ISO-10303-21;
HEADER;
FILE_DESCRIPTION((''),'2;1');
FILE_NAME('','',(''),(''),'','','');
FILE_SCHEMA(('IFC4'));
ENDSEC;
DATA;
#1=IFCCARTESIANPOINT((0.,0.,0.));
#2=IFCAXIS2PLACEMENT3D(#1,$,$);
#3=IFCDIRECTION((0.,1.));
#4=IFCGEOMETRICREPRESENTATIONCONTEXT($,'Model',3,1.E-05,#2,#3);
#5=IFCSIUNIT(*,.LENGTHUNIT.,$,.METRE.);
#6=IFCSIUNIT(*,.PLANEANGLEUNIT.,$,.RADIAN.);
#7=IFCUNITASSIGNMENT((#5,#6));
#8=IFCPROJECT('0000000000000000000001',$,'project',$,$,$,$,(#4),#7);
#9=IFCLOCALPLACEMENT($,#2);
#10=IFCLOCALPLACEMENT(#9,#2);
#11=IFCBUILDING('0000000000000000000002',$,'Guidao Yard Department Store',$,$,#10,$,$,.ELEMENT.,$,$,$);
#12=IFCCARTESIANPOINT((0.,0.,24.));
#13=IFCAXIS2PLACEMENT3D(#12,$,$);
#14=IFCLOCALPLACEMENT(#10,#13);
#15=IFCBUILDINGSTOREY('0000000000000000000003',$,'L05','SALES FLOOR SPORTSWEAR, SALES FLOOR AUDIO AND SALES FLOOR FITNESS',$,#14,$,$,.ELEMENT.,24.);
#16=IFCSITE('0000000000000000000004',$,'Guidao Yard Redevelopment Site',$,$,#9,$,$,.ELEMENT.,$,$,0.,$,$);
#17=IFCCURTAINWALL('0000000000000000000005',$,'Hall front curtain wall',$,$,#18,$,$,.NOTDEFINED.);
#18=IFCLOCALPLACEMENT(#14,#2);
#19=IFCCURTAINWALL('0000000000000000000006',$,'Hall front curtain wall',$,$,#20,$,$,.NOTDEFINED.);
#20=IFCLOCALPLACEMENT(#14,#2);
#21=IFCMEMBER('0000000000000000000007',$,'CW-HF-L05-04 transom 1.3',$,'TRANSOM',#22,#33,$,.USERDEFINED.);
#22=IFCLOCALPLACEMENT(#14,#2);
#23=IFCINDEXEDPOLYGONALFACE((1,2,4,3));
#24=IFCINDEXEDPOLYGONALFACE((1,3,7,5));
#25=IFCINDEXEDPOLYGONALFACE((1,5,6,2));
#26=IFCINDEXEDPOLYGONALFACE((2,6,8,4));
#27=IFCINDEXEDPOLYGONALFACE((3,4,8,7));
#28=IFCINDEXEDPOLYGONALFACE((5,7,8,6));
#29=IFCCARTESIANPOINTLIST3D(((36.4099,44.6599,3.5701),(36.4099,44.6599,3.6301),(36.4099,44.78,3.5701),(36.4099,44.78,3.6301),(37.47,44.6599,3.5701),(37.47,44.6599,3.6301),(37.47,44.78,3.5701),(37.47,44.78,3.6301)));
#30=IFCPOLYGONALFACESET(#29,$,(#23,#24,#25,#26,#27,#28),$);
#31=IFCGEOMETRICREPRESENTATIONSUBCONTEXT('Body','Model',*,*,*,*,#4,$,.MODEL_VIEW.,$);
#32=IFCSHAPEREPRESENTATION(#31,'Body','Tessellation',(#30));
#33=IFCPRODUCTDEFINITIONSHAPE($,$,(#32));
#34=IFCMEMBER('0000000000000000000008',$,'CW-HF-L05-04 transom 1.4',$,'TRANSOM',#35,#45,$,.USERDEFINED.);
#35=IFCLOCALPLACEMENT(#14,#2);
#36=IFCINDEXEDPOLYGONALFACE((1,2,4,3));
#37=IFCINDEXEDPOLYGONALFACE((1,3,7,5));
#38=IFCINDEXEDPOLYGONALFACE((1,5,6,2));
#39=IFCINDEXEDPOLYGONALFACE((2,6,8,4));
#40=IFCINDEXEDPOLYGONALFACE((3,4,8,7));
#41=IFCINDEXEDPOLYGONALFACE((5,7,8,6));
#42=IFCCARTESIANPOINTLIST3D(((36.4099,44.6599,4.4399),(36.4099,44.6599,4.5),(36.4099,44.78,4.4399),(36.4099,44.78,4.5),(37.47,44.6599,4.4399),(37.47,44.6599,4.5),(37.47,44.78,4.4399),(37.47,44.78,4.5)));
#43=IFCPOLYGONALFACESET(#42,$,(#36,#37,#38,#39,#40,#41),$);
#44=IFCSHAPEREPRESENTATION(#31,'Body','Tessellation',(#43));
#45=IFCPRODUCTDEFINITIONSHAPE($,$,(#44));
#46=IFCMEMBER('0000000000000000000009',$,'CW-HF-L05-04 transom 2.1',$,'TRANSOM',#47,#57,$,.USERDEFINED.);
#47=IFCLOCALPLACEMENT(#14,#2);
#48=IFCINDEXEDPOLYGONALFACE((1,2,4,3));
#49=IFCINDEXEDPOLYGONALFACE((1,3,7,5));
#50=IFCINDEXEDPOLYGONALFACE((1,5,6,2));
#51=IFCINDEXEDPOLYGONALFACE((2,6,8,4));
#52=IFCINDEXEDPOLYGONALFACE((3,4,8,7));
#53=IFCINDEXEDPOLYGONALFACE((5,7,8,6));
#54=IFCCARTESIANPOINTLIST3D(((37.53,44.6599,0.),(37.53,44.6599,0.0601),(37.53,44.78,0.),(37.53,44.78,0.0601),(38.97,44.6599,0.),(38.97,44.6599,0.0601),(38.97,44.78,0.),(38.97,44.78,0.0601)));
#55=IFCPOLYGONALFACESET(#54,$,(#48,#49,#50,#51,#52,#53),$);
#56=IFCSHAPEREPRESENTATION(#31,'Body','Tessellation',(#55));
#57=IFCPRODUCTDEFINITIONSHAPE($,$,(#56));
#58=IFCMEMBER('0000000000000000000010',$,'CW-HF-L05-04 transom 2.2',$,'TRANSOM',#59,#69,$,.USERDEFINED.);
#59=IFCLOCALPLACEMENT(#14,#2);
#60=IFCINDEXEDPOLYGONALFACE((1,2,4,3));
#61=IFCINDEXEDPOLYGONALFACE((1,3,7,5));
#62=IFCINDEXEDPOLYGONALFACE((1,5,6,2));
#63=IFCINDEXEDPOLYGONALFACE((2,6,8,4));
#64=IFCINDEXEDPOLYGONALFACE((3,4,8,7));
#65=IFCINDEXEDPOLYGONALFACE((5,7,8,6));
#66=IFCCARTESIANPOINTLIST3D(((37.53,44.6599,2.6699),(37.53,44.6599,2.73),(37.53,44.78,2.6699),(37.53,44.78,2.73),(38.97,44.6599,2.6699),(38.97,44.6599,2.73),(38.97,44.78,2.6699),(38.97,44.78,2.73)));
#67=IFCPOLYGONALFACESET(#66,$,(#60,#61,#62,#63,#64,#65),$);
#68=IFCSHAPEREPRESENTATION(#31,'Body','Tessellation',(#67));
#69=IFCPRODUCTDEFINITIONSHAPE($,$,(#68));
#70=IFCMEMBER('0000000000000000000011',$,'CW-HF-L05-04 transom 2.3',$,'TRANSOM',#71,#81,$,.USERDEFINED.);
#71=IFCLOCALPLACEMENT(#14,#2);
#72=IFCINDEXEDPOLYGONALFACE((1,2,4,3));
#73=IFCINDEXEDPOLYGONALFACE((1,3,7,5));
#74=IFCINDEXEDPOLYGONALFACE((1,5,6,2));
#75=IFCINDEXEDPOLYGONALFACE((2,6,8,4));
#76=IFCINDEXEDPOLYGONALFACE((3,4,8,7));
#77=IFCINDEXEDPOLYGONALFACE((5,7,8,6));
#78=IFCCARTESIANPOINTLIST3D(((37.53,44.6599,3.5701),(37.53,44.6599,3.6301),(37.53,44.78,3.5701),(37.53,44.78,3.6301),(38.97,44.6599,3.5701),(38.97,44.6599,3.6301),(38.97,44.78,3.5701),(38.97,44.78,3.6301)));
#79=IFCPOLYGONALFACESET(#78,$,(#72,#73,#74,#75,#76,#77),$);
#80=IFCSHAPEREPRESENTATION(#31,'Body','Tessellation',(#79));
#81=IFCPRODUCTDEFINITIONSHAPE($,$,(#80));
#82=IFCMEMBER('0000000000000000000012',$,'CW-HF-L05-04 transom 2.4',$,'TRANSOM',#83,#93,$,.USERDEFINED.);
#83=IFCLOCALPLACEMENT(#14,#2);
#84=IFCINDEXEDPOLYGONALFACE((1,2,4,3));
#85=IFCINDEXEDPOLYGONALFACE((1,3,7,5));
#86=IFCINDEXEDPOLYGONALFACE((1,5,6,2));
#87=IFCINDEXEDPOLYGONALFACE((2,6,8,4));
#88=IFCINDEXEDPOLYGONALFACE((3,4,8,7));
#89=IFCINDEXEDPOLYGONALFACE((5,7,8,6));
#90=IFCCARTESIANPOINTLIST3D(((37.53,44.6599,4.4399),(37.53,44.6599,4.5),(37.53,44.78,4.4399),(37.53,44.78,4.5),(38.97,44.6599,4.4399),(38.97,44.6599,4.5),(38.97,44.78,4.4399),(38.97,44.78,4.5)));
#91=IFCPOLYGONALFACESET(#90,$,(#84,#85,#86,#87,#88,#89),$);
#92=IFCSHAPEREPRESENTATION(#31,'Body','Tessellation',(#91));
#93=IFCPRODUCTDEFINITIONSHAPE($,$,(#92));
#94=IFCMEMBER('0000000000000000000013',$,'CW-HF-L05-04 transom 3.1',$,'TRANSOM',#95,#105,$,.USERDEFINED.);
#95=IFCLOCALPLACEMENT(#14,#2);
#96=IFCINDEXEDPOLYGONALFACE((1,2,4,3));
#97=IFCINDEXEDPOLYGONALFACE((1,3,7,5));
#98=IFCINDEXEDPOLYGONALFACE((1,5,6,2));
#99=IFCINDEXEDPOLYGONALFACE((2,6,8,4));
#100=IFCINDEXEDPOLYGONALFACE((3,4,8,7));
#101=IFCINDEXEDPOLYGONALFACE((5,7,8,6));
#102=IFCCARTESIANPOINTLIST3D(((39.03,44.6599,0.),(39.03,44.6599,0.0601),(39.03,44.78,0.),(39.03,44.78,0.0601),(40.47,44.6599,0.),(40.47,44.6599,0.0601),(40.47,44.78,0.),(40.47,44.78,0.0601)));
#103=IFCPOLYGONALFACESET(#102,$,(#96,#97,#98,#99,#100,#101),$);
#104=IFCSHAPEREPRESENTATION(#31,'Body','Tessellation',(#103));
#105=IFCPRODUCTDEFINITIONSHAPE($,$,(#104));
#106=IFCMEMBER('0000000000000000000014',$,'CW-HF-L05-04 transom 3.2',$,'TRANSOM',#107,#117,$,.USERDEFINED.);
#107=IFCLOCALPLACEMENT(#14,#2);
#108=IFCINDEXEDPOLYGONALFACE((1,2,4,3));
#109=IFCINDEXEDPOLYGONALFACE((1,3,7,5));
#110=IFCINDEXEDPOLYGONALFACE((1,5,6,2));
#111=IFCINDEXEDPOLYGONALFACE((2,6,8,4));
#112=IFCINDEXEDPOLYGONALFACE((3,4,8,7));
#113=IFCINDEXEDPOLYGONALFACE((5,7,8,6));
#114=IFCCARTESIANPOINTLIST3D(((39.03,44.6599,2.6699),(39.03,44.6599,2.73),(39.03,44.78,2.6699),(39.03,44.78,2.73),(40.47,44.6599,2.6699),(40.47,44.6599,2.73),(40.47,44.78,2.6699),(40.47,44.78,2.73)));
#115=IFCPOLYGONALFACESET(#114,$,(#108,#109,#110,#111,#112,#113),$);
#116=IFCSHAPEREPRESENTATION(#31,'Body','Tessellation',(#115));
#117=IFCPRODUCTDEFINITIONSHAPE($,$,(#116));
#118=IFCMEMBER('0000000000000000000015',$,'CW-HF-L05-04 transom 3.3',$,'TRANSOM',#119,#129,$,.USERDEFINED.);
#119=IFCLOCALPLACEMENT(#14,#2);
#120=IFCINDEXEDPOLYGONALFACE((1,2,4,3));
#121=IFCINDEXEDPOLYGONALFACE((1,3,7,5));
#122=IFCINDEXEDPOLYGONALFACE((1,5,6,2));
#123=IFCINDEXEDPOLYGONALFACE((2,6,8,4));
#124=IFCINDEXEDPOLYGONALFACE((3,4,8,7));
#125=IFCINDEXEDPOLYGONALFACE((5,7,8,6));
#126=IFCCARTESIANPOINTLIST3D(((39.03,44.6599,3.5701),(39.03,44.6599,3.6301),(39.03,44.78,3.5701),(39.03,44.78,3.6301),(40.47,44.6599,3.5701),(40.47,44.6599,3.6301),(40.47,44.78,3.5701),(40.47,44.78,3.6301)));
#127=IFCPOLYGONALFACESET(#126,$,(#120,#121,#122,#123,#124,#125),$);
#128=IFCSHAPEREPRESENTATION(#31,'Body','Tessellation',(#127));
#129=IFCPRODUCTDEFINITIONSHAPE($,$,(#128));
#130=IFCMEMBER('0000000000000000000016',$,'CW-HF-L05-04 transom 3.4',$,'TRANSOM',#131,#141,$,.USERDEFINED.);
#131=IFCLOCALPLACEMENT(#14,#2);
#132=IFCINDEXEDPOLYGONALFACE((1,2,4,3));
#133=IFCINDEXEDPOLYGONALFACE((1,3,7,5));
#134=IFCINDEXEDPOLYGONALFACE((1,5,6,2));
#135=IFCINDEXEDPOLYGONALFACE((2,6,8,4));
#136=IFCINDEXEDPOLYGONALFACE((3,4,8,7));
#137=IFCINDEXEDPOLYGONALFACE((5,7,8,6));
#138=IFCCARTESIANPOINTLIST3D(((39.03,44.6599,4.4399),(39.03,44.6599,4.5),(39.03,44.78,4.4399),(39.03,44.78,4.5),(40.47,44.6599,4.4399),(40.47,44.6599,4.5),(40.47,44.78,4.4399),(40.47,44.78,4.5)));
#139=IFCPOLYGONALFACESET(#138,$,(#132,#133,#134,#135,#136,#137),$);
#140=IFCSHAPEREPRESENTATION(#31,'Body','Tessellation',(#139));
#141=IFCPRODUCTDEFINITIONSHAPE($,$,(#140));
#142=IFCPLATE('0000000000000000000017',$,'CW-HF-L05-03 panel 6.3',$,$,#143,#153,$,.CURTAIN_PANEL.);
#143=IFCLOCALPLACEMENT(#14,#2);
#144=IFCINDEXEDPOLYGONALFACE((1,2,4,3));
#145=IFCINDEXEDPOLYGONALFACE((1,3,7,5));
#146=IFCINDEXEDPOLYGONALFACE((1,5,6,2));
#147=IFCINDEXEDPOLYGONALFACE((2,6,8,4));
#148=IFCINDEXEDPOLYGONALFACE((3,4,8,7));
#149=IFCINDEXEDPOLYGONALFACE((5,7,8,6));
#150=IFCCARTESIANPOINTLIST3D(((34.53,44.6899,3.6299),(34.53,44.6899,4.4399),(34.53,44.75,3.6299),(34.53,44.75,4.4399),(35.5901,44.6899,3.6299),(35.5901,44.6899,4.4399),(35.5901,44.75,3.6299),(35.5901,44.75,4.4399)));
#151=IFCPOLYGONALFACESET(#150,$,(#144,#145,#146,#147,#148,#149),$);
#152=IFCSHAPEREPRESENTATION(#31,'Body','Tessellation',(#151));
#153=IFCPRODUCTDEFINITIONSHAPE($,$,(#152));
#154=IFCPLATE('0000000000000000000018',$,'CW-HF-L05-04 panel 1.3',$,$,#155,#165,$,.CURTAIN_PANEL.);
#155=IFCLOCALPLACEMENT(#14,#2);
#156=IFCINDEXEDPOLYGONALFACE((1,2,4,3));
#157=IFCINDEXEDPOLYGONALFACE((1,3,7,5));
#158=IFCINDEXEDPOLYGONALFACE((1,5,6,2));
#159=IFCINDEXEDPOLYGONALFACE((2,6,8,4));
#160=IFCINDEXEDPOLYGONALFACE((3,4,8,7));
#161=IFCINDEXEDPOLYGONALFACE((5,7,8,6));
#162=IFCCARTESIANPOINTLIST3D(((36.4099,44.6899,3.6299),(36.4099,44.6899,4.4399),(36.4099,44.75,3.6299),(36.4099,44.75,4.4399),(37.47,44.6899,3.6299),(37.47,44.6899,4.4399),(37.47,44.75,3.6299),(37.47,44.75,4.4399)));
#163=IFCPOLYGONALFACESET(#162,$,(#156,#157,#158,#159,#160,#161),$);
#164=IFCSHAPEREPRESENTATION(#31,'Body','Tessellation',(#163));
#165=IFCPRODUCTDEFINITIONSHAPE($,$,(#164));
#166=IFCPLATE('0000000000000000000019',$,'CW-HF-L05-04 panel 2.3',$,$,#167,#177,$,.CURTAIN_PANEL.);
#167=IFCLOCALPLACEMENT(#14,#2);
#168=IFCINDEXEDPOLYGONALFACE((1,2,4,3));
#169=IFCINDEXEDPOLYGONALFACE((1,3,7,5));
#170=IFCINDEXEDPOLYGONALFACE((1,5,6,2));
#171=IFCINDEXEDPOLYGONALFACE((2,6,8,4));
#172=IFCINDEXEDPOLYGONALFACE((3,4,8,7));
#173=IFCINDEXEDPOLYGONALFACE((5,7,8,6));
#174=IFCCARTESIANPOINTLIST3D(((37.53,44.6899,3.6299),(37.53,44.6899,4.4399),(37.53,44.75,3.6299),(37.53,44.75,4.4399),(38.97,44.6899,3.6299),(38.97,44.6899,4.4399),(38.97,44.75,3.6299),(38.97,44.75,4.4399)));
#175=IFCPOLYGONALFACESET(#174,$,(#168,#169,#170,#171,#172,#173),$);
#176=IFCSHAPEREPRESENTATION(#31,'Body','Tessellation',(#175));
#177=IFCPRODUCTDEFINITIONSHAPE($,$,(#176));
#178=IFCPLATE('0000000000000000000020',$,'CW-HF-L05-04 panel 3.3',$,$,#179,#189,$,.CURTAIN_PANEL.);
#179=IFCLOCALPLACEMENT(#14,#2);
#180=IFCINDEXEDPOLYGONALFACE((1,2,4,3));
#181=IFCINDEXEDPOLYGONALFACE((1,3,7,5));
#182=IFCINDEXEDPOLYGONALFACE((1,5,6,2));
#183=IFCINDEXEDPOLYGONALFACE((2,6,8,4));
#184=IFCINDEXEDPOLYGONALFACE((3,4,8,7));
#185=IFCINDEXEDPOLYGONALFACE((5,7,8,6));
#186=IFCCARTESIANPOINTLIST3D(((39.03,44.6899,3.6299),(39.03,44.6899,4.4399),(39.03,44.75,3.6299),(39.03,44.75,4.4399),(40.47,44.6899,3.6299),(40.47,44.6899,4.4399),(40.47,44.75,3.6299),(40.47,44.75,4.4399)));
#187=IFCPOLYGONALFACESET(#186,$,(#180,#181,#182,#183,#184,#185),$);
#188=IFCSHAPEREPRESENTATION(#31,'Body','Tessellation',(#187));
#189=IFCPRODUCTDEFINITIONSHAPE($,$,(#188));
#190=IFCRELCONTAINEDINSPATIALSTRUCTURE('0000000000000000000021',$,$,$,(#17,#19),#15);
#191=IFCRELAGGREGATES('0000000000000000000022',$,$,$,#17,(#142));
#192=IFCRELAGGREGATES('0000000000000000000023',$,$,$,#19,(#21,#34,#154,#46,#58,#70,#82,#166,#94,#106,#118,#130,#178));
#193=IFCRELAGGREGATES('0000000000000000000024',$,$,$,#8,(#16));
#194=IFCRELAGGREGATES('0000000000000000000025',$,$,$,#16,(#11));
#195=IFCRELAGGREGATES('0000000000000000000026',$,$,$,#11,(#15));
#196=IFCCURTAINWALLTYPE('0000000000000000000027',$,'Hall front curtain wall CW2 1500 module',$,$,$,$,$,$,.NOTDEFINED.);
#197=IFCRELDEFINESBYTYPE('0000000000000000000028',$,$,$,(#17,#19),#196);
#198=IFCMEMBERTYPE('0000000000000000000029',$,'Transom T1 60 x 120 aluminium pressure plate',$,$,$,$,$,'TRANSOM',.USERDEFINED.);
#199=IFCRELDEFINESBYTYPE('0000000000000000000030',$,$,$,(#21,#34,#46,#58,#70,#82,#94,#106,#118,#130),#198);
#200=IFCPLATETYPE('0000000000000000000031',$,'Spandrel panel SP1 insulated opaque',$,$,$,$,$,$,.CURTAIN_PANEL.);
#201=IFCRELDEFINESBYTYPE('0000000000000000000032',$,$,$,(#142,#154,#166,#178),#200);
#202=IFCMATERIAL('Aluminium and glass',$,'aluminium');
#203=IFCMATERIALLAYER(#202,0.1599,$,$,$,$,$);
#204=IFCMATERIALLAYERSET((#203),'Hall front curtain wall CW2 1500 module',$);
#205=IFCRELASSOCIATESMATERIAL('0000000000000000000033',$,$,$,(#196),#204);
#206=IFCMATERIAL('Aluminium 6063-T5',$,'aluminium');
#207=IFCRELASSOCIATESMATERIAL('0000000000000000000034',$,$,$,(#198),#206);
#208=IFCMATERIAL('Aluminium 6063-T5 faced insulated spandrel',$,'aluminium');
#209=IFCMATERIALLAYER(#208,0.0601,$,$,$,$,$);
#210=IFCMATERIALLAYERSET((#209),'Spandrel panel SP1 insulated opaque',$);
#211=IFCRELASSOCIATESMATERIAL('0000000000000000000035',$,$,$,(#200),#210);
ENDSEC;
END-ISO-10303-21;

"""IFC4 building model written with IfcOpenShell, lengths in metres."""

from ifc_helpers import new_model, si_unit, direction, frame, origin, origin_2d, place, context, subcontext, project, spatial, rectangle, extrude, material, layer, layer_set, material_profile, profile_set, type_object, element, aggregate, save


model = new_model("IFC4")

# Units and contexts
model_context = context("Model", 3, precision=1e-05, world=origin(), true_north=direction((0.0, 1.0)))
body_context = subcontext(model_context, "Body", "Model", "MODEL_VIEW")
ifc_project = project(units=[si_unit("LENGTHUNIT", "METRE"), si_unit("PLANEANGLEUNIT", "RADIAN")], contexts=[model_context])

# Site, building, storey
site_placement = place(None, origin())
site = spatial("IfcSite", under=ifc_project, at=site_placement, Name="Guidao Yard Redevelopment Site", CompositionType="ELEMENT", RefElevation=0.0)
building_placement = place(site_placement, origin())
building = spatial("IfcBuilding", under=site, at=building_placement, Name="Guidao Yard Department Store", CompositionType="ELEMENT")
storey_placement = place(building_placement, frame((0.0, 0.0, 24.0)))
storey = spatial("IfcBuildingStorey", under=building, at=storey_placement, Name="L05", Description="SALES FLOOR SPORTSWEAR, SALES FLOOR AUDIO AND SALES FLOOR FITNESS", CompositionType="ELEMENT", Elevation=24.0)

# Curtain walls
ifc_material_1 = material(Name="Aluminium and glass", Category="aluminium")
ifc_layer_1 = layer(ifc_material_1, 0.1599)
ifc_layer_set_1 = layer_set([ifc_layer_1], Name="Hall front curtain wall CW2 1500 module")
curtain_wall_type = type_object("IfcCurtainWallType", Name="Hall front curtain wall CW2 1500 module", PredefinedType="NOTDEFINED", material=ifc_layer_set_1)
curtain_wall_1_placement = place(storey_placement, origin())
curtain_wall_1 = element("IfcCurtainWall", 1, at=curtain_wall_1_placement, inside=storey, type_object=curtain_wall_type, Name="Hall front curtain wall", PredefinedType="NOTDEFINED")
curtain_wall_2_placement = place(storey_placement, origin())
curtain_wall_2 = element("IfcCurtainWall", 2, at=curtain_wall_2_placement, inside=storey, type_object=curtain_wall_type, Name="Hall front curtain wall", PredefinedType="NOTDEFINED")

# Members
ifc_material_2 = material(Name="Aluminium 6063-T5", Category="aluminium")
ifc_material_profile_1 = material_profile(ifc_material_2, rectangle(XDim=0.1201, YDim=0.0601, at=origin_2d()), Name="Transom T1 60 x 120 aluminium pressure plate")
ifc_profile_set_1 = profile_set([ifc_material_profile_1], Name="Aluminium 6063-T5")
member_type_1 = type_object("IfcMemberType", Name="Transom T1 60 x 120 aluminium pressure plate", ElementType="TRANSOM", PredefinedType="USERDEFINED", material=ifc_profile_set_1)
member_1_placement = place(storey_placement, frame((37.47, 44.72, 3.6001), z_axis=(-1.0, 0.0, 0.0), x_axis=(0.0, -1.0, 0.0)))
member_1 = element("IfcMember", 3, at=member_1_placement, type_object=member_type_1, Name="CW-HF-L05-04 transom 1.3", ObjectType="TRANSOM", PredefinedType="USERDEFINED", context=body_context, shape_type="SweptSolid", body=[
    extrude(rectangle(XDim=0.1201, YDim=0.0601, at=origin_2d()), origin(), (0.0, 0.0, 1.0), 1.0601),
])
member_2_placement = place(storey_placement, frame((37.47, 44.72, 4.47), z_axis=(-1.0, 0.0, 0.0), x_axis=(0.0, -1.0, 0.0)))
member_2 = element("IfcMember", 4, at=member_2_placement, type_object=member_type_1, Name="CW-HF-L05-04 transom 1.4", ObjectType="TRANSOM", PredefinedType="USERDEFINED", context=body_context, shape_type="SweptSolid", body=[
    extrude(rectangle(XDim=0.1201, YDim=0.0601, at=origin_2d()), origin(), (0.0, 0.0, 1.0), 1.0601),
])
member_3_placement = place(storey_placement, frame((38.97, 44.72, 0.03), z_axis=(-1.0, 0.0, 0.0), x_axis=(0.0, -1.0, 0.0)))
member_3 = element("IfcMember", 5, at=member_3_placement, type_object=member_type_1, Name="CW-HF-L05-04 transom 2.1", ObjectType="TRANSOM", PredefinedType="USERDEFINED", context=body_context, shape_type="SweptSolid", body=[
    extrude(rectangle(XDim=0.1201, YDim=0.0601, at=origin_2d()), origin(), (0.0, 0.0, 1.0), 1.4399),
])
member_4_placement = place(storey_placement, frame((38.97, 44.72, 2.7), z_axis=(-1.0, 0.0, 0.0), x_axis=(0.0, -1.0, 0.0)))
member_4 = element("IfcMember", 6, at=member_4_placement, type_object=member_type_1, Name="CW-HF-L05-04 transom 2.2", ObjectType="TRANSOM", PredefinedType="USERDEFINED", context=body_context, shape_type="SweptSolid", body=[
    extrude(rectangle(XDim=0.1201, YDim=0.0601, at=origin_2d()), origin(), (0.0, 0.0, 1.0), 1.4399),
])
member_5_placement = place(storey_placement, frame((38.97, 44.72, 3.6001), z_axis=(-1.0, 0.0, 0.0), x_axis=(0.0, -1.0, 0.0)))
member_5 = element("IfcMember", 7, at=member_5_placement, type_object=member_type_1, Name="CW-HF-L05-04 transom 2.3", ObjectType="TRANSOM", PredefinedType="USERDEFINED", context=body_context, shape_type="SweptSolid", body=[
    extrude(rectangle(XDim=0.1201, YDim=0.0601, at=origin_2d()), origin(), (0.0, 0.0, 1.0), 1.4399),
])
member_6_placement = place(storey_placement, frame((38.97, 44.72, 4.47), z_axis=(-1.0, 0.0, 0.0), x_axis=(0.0, -1.0, 0.0)))
member_6 = element("IfcMember", 8, at=member_6_placement, type_object=member_type_1, Name="CW-HF-L05-04 transom 2.4", ObjectType="TRANSOM", PredefinedType="USERDEFINED", context=body_context, shape_type="SweptSolid", body=[
    extrude(rectangle(XDim=0.1201, YDim=0.0601, at=origin_2d()), origin(), (0.0, 0.0, 1.0), 1.4399),
])
member_7_placement = place(storey_placement, frame((40.47, 44.72, 0.03), z_axis=(-1.0, 0.0, 0.0), x_axis=(0.0, -1.0, 0.0)))
member_7 = element("IfcMember", 9, at=member_7_placement, type_object=member_type_1, Name="CW-HF-L05-04 transom 3.1", ObjectType="TRANSOM", PredefinedType="USERDEFINED", context=body_context, shape_type="SweptSolid", body=[
    extrude(rectangle(XDim=0.1201, YDim=0.0601, at=origin_2d()), origin(), (0.0, 0.0, 1.0), 1.4399),
])
member_8_placement = place(storey_placement, frame((40.47, 44.72, 2.7), z_axis=(-1.0, 0.0, 0.0), x_axis=(0.0, -1.0, 0.0)))
member_8 = element("IfcMember", 10, at=member_8_placement, type_object=member_type_1, Name="CW-HF-L05-04 transom 3.2", ObjectType="TRANSOM", PredefinedType="USERDEFINED", context=body_context, shape_type="SweptSolid", body=[
    extrude(rectangle(XDim=0.1201, YDim=0.0601, at=origin_2d()), origin(), (0.0, 0.0, 1.0), 1.4399),
])
member_9_placement = place(storey_placement, frame((40.47, 44.72, 3.6001), z_axis=(-1.0, 0.0, 0.0), x_axis=(0.0, -1.0, 0.0)))
member_9 = element("IfcMember", 11, at=member_9_placement, type_object=member_type_1, Name="CW-HF-L05-04 transom 3.3", ObjectType="TRANSOM", PredefinedType="USERDEFINED", context=body_context, shape_type="SweptSolid", body=[
    extrude(rectangle(XDim=0.1201, YDim=0.0601, at=origin_2d()), origin(), (0.0, 0.0, 1.0), 1.4399),
])
member_10_placement = place(storey_placement, frame((40.47, 44.72, 4.47), z_axis=(-1.0, 0.0, 0.0), x_axis=(0.0, -1.0, 0.0)))
member_10 = element("IfcMember", 12, at=member_10_placement, type_object=member_type_1, Name="CW-HF-L05-04 transom 3.4", ObjectType="TRANSOM", PredefinedType="USERDEFINED", context=body_context, shape_type="SweptSolid", body=[
    extrude(rectangle(XDim=0.1201, YDim=0.0601, at=origin_2d()), origin(), (0.0, 0.0, 1.0), 1.4399),
])

# Plates
ifc_material_3 = material(Name="Aluminium 6063-T5 faced insulated spandrel", Category="aluminium")
ifc_layer_2 = layer(ifc_material_3, 0.0601)
ifc_layer_set_2 = layer_set([ifc_layer_2], Name="Spandrel panel SP1 insulated opaque")
plate_type_1 = type_object("IfcPlateType", Name="Spandrel panel SP1 insulated opaque", PredefinedType="CURTAIN_PANEL", material=ifc_layer_set_2)
plate_1_placement = place(storey_placement, frame((35.0601, 44.72, 3.6299), z_axis=(0.0, 0.0, 1.0), x_axis=(-1.0, 0.0, 0.0)))
plate_1 = element("IfcPlate", 13, at=plate_1_placement, type_object=plate_type_1, Name="CW-HF-L05-03 panel 6.3", PredefinedType="CURTAIN_PANEL", context=body_context, shape_type="SweptSolid", body=[
    extrude(rectangle(XDim=1.0601, YDim=0.0601, at=origin_2d()), origin(), (0.0, 0.0, 1.0), 0.8101),
])
plate_2_placement = place(storey_placement, frame((36.9399, 44.72, 3.6299), z_axis=(0.0, 0.0, 1.0), x_axis=(-1.0, 0.0, 0.0)))
plate_2 = element("IfcPlate", 14, at=plate_2_placement, type_object=plate_type_1, Name="CW-HF-L05-04 panel 1.3", PredefinedType="CURTAIN_PANEL", context=body_context, shape_type="SweptSolid", body=[
    extrude(rectangle(XDim=1.0601, YDim=0.0601, at=origin_2d()), origin(), (0.0, 0.0, 1.0), 0.8101),
])
plate_3_placement = place(storey_placement, frame((38.25, 44.72, 3.6299), z_axis=(0.0, 0.0, 1.0), x_axis=(-1.0, 0.0, 0.0)))
plate_3 = element("IfcPlate", 15, at=plate_3_placement, type_object=plate_type_1, Name="CW-HF-L05-04 panel 2.3", PredefinedType="CURTAIN_PANEL", context=body_context, shape_type="SweptSolid", body=[
    extrude(rectangle(XDim=1.4399, YDim=0.0601, at=origin_2d()), origin(), (0.0, 0.0, 1.0), 0.8101),
])
plate_4_placement = place(storey_placement, frame((39.75, 44.72, 3.6299), z_axis=(0.0, 0.0, 1.0), x_axis=(-1.0, 0.0, 0.0)))
plate_4 = element("IfcPlate", 16, at=plate_4_placement, type_object=plate_type_1, Name="CW-HF-L05-04 panel 3.3", PredefinedType="CURTAIN_PANEL", context=body_context, shape_type="SweptSolid", body=[
    extrude(rectangle(XDim=1.4399, YDim=0.0601, at=origin_2d()), origin(), (0.0, 0.0, 1.0), 0.8101),
])
aggregate(curtain_wall_1, [plate_1])
aggregate(curtain_wall_2, [member_1, member_2, plate_2, member_3, member_4, member_5, member_6, plate_3, member_7, member_8, member_9, member_10, plate_4])

save(model, "model.ifc")
